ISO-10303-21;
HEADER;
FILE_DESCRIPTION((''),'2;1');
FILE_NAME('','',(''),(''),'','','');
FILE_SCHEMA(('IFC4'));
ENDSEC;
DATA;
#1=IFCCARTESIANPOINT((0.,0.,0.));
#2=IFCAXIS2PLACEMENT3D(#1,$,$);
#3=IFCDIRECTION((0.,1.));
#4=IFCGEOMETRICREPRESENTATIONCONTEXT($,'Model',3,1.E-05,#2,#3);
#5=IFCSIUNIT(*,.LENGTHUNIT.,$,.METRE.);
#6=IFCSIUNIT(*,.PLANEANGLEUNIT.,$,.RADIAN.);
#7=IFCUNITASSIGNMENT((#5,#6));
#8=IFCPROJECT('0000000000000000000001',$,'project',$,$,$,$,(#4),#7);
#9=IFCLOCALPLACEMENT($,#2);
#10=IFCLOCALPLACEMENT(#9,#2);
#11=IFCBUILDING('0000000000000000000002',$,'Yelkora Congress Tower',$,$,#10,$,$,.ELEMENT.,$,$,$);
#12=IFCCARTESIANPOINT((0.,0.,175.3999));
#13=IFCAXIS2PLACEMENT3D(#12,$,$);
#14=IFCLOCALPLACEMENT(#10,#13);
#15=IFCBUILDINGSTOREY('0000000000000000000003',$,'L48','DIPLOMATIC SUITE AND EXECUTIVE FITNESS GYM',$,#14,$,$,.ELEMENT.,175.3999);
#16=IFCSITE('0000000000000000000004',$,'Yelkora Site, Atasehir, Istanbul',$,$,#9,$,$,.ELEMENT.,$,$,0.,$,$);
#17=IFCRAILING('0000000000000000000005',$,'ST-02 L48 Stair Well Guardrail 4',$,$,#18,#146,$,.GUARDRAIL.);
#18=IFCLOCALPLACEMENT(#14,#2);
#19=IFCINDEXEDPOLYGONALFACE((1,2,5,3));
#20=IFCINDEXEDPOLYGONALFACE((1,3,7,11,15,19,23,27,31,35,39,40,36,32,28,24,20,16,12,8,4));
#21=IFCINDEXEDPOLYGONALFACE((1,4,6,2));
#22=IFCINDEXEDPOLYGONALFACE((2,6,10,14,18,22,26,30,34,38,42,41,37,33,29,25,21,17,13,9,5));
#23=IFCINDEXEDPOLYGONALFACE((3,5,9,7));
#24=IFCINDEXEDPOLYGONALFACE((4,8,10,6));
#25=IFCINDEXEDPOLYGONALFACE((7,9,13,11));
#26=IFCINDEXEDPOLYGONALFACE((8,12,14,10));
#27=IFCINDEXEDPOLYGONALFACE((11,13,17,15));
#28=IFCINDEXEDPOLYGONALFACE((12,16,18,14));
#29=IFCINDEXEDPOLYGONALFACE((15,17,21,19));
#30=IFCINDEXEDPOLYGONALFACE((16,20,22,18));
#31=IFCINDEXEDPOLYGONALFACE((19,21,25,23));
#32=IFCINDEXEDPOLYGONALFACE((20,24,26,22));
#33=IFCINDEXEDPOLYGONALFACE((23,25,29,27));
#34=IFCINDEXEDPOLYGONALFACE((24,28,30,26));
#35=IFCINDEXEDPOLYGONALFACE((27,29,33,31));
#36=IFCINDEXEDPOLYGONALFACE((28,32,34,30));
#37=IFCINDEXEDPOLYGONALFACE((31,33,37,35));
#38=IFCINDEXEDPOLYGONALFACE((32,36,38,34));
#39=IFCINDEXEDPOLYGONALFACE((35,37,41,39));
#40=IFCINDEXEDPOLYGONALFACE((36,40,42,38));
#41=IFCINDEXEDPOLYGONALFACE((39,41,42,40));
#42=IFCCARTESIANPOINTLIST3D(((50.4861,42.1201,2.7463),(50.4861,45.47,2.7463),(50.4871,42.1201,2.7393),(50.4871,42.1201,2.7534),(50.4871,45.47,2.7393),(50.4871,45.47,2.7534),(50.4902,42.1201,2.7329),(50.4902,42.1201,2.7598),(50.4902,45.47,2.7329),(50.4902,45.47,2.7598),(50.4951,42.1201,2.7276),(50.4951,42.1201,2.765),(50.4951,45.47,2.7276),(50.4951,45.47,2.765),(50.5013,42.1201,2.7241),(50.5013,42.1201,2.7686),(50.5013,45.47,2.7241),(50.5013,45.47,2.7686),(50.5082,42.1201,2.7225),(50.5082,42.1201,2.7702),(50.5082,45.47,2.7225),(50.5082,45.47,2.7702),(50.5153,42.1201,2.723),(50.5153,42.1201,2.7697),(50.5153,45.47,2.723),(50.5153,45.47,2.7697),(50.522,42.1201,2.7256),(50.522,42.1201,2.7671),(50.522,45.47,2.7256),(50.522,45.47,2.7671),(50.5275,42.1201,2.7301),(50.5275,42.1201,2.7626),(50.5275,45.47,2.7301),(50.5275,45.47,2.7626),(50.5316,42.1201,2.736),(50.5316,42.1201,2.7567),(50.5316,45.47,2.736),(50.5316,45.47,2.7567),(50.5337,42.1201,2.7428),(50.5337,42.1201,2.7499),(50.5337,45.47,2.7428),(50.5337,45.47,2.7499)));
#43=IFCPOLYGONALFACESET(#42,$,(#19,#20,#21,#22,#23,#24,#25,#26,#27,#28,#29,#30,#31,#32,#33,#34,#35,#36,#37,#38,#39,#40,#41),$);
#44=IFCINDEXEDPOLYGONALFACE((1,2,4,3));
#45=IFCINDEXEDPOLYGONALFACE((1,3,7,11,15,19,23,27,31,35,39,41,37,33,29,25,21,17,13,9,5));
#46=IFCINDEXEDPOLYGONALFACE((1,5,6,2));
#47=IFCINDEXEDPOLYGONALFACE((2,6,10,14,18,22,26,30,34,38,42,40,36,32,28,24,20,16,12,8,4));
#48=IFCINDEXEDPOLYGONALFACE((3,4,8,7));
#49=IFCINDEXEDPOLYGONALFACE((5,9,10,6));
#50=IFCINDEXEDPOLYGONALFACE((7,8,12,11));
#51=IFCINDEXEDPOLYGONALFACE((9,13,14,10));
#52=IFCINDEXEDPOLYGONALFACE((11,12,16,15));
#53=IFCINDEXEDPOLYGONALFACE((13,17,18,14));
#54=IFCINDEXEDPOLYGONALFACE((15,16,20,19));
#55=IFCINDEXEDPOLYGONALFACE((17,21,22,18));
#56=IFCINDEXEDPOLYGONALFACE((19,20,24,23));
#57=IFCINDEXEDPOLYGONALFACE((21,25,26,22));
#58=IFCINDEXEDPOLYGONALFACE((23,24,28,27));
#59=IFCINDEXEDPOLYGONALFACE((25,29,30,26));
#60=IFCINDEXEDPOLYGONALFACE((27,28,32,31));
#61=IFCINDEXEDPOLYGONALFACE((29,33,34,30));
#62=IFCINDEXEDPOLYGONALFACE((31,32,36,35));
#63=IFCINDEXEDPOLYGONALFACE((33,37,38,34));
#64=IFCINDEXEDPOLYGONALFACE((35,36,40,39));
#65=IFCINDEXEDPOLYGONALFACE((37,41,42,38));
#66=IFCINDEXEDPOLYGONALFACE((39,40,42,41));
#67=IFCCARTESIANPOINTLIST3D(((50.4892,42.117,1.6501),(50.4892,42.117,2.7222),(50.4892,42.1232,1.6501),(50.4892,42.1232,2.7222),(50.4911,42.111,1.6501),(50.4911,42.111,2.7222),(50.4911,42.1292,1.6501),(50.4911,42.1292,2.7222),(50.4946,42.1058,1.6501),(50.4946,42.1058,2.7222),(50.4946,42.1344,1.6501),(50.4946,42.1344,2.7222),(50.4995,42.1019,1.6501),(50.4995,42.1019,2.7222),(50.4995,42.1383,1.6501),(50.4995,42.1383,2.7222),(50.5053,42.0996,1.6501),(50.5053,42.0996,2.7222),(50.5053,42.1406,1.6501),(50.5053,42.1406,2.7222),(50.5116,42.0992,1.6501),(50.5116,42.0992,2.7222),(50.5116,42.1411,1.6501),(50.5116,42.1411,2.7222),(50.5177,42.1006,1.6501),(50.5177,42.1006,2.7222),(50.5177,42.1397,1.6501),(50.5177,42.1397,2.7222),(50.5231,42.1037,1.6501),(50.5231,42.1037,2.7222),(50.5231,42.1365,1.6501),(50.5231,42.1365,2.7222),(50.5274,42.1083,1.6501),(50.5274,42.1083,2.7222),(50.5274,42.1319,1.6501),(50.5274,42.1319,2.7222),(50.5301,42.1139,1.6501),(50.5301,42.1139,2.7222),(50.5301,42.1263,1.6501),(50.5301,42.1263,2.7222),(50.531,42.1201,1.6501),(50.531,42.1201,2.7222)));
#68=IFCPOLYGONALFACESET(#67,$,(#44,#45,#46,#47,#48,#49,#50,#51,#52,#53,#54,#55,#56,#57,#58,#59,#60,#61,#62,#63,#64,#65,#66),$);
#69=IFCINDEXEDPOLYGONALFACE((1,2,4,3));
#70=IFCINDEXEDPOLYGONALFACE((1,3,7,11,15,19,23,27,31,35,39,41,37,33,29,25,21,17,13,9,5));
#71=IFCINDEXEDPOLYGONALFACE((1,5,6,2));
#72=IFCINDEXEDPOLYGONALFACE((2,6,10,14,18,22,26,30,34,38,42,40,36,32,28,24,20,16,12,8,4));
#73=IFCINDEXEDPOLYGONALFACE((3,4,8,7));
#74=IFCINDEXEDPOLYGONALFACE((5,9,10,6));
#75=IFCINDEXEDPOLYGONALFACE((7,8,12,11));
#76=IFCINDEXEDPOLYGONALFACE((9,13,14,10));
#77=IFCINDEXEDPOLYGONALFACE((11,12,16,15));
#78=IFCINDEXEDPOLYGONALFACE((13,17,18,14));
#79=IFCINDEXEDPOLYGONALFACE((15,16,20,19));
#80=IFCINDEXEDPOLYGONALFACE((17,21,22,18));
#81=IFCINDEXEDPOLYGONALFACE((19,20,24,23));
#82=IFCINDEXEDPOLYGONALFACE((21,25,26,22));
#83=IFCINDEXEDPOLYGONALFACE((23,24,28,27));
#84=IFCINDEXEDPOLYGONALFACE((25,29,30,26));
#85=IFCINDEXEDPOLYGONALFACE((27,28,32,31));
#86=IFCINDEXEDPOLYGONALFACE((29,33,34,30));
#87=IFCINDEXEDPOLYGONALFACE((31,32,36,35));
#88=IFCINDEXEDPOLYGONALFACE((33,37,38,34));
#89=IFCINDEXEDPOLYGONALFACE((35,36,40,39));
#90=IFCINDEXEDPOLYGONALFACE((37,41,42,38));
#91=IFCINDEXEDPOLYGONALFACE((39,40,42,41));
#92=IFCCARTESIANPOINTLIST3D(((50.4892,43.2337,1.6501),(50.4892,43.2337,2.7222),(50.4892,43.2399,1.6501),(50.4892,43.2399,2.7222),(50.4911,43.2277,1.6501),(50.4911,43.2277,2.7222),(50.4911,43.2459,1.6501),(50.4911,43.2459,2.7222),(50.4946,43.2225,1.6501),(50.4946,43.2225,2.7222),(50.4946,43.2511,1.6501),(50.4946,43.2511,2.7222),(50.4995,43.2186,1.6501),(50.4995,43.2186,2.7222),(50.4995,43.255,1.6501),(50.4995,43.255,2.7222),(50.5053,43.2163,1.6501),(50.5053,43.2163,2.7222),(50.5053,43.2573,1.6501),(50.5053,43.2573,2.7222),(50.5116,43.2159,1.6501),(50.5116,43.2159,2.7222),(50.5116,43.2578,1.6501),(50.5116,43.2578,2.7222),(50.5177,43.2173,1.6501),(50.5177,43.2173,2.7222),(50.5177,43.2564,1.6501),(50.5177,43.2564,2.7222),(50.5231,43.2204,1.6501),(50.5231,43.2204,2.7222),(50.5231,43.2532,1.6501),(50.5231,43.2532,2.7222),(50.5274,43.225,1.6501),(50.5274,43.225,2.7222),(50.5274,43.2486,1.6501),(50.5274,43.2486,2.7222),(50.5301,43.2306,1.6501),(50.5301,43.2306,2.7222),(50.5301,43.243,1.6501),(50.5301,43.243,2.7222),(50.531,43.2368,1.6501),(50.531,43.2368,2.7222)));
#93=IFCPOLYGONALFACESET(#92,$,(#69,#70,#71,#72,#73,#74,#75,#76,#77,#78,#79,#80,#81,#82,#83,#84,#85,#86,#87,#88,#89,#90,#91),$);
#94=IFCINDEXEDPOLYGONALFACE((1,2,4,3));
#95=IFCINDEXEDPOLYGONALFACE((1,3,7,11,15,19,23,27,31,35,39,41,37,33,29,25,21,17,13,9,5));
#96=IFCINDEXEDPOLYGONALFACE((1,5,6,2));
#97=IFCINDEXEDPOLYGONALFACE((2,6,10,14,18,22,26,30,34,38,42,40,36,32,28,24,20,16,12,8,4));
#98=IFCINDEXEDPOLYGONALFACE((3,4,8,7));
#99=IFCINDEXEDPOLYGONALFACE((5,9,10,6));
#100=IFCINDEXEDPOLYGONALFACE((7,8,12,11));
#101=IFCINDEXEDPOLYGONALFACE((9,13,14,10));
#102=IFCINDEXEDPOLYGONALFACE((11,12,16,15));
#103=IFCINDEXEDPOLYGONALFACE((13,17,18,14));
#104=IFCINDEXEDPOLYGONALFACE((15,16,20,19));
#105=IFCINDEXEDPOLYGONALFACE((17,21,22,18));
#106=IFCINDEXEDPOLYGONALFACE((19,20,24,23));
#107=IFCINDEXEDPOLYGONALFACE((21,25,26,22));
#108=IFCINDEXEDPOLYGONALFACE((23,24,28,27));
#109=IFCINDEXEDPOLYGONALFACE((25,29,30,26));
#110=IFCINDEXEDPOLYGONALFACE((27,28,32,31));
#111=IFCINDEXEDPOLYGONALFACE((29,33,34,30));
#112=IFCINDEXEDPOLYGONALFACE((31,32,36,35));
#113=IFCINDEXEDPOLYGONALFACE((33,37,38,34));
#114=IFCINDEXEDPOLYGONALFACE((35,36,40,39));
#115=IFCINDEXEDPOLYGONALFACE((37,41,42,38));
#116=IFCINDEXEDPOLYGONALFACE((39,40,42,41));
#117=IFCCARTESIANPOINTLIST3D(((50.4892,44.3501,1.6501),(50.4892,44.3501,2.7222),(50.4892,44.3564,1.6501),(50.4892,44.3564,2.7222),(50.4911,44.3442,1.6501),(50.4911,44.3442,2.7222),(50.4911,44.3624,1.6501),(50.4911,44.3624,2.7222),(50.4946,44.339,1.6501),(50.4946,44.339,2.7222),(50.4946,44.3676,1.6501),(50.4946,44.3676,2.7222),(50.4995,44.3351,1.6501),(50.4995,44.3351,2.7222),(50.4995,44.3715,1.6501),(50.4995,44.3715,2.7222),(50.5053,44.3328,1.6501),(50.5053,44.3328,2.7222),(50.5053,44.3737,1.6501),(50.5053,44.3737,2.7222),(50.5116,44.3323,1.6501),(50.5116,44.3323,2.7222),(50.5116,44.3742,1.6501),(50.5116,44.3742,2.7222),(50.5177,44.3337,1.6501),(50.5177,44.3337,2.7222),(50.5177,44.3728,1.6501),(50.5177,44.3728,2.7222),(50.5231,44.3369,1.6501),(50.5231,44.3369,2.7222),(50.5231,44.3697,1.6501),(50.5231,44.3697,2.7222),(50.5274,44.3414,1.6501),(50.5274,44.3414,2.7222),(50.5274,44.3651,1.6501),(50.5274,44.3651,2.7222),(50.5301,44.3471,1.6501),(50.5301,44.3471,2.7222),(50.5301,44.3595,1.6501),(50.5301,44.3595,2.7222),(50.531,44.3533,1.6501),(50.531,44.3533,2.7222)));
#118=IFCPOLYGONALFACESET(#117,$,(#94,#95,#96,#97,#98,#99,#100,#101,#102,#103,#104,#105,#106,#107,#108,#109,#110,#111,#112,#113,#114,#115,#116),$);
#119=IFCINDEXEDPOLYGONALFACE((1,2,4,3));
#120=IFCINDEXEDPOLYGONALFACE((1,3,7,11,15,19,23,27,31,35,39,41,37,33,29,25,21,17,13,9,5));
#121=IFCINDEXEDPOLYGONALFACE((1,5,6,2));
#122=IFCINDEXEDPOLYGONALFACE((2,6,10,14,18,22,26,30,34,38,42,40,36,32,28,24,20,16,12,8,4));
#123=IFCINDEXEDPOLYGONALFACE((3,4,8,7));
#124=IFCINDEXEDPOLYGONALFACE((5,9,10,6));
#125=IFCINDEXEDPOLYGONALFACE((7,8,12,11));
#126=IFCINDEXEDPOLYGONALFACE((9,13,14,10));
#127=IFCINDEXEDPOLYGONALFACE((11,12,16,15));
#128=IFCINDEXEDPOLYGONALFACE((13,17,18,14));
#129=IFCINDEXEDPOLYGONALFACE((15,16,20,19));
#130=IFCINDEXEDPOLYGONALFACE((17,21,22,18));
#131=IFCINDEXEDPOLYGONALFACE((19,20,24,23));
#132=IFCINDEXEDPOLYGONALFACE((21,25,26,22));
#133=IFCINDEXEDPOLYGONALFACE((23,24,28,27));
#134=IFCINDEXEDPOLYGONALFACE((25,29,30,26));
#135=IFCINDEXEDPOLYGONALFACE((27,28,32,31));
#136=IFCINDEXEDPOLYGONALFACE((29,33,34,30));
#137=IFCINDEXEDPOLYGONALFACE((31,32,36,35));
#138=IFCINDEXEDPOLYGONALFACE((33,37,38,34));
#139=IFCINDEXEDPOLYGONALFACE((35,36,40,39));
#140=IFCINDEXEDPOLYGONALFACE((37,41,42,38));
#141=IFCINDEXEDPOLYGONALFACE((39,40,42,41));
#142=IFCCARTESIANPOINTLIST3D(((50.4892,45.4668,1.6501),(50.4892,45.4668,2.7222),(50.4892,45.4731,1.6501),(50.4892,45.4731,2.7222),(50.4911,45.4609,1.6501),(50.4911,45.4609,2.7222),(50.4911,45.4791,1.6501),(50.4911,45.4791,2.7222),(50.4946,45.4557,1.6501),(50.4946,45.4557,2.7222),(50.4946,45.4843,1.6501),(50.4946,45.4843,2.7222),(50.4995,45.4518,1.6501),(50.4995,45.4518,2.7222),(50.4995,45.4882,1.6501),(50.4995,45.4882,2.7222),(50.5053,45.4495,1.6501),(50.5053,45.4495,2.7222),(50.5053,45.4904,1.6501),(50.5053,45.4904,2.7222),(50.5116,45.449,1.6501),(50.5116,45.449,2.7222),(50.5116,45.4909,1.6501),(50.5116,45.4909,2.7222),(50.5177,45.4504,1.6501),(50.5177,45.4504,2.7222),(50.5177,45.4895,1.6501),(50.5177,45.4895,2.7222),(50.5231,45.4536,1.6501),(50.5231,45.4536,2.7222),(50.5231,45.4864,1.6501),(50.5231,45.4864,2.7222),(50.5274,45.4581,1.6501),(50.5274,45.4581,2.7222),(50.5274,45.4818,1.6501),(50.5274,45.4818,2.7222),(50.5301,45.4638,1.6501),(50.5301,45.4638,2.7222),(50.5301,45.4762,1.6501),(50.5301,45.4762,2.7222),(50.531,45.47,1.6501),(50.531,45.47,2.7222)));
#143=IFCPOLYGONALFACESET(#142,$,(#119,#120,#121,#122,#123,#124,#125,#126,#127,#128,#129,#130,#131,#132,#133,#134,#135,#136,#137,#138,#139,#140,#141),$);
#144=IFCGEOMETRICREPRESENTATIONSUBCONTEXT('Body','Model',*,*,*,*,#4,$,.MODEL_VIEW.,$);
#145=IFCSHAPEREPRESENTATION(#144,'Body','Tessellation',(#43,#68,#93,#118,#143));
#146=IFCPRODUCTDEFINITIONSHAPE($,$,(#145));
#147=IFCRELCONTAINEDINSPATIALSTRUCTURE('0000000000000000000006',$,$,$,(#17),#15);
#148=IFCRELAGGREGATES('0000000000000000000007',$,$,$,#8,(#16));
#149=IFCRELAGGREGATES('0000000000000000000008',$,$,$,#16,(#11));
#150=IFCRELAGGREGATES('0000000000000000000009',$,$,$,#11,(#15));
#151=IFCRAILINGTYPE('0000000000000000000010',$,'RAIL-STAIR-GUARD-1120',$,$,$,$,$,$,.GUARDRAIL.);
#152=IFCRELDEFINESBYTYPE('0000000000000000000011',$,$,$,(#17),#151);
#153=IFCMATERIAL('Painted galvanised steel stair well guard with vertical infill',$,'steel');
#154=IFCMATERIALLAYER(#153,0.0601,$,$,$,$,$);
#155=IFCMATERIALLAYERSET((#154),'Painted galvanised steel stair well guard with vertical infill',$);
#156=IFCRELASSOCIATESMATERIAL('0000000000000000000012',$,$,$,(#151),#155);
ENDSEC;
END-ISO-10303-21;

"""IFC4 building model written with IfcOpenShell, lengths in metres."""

from ifc_helpers import new_model, si_unit, direction, frame, origin, origin_2d, place, context, subcontext, project, spatial, circle, extrude, material, layer, layer_set, type_object, element, save


model = new_model("IFC4")

# Units and contexts
model_context = context("Model", 3, precision=1e-05, world=origin(), true_north=direction((0.0, 1.0)))
body_context = subcontext(model_context, "Body", "Model", "MODEL_VIEW")
ifc_project = project(units=[si_unit("LENGTHUNIT", "METRE"), si_unit("PLANEANGLEUNIT", "RADIAN")], contexts=[model_context])

# Site, building, storey
site_placement = place(None, origin())
site = spatial("IfcSite", under=ifc_project, at=site_placement, Name="Yelkora Site, Atasehir, Istanbul", CompositionType="ELEMENT", RefElevation=0.0)
building_placement = place(site_placement, origin())
building = spatial("IfcBuilding", under=site, at=building_placement, Name="Yelkora Congress Tower", CompositionType="ELEMENT")
storey_placement = place(building_placement, frame((0.0, 0.0, 175.3999)))
storey = spatial("IfcBuildingStorey", under=building, at=storey_placement, Name="L48", Description="DIPLOMATIC SUITE AND EXECUTIVE FITNESS GYM", CompositionType="ELEMENT", Elevation=175.3999)

# Railing
ifc_material_1 = material(Name="Painted galvanised steel stair well guard with vertical infill", Category="steel")
ifc_layer_1 = layer(ifc_material_1, 0.0601)
ifc_layer_set_1 = layer_set([ifc_layer_1], Name="Painted galvanised steel stair well guard with vertical infill")
railing_type_1 = type_object("IfcRailingType", Name="RAIL-STAIR-GUARD-1120", PredefinedType="GUARDRAIL", material=ifc_layer_set_1)
railing_1_placement = place(storey_placement, frame((50.51, 42.1201, 1.6501)))
element("IfcRailing", 1, at=railing_1_placement, inside=storey, type_object=railing_type_1, Name="ST-02 L48 Stair Well Guardrail 4", PredefinedType="GUARDRAIL", context=body_context, shape_type="SweptSolid", body=[
    extrude(circle(Radius=0.0239, at=origin_2d()), frame((0.0, 0.0, 1.0962), z_axis=(0.0, 1.0, 0.0), x_axis=(-1.0, 0.0, 0.0)), (0.0, 0.0, 1.0), 3.3499),
    extrude(circle(Radius=0.021, at=origin_2d()), origin(), (0.0, 0.0, 1.0), 1.072),
    extrude(circle(Radius=0.021, at=origin_2d()), frame((0.0, 1.1167, 0.0)), (0.0, 0.0, 1.0), 1.072),
    extrude(circle(Radius=0.021, at=origin_2d()), frame((0.0, 2.2332, 0.0)), (0.0, 0.0, 1.0), 1.072),
    extrude(circle(Radius=0.021, at=origin_2d()), frame((0.0, 3.3499, 0.0)), (0.0, 0.0, 1.0), 1.072),
])

save(model, "model.ifc")
